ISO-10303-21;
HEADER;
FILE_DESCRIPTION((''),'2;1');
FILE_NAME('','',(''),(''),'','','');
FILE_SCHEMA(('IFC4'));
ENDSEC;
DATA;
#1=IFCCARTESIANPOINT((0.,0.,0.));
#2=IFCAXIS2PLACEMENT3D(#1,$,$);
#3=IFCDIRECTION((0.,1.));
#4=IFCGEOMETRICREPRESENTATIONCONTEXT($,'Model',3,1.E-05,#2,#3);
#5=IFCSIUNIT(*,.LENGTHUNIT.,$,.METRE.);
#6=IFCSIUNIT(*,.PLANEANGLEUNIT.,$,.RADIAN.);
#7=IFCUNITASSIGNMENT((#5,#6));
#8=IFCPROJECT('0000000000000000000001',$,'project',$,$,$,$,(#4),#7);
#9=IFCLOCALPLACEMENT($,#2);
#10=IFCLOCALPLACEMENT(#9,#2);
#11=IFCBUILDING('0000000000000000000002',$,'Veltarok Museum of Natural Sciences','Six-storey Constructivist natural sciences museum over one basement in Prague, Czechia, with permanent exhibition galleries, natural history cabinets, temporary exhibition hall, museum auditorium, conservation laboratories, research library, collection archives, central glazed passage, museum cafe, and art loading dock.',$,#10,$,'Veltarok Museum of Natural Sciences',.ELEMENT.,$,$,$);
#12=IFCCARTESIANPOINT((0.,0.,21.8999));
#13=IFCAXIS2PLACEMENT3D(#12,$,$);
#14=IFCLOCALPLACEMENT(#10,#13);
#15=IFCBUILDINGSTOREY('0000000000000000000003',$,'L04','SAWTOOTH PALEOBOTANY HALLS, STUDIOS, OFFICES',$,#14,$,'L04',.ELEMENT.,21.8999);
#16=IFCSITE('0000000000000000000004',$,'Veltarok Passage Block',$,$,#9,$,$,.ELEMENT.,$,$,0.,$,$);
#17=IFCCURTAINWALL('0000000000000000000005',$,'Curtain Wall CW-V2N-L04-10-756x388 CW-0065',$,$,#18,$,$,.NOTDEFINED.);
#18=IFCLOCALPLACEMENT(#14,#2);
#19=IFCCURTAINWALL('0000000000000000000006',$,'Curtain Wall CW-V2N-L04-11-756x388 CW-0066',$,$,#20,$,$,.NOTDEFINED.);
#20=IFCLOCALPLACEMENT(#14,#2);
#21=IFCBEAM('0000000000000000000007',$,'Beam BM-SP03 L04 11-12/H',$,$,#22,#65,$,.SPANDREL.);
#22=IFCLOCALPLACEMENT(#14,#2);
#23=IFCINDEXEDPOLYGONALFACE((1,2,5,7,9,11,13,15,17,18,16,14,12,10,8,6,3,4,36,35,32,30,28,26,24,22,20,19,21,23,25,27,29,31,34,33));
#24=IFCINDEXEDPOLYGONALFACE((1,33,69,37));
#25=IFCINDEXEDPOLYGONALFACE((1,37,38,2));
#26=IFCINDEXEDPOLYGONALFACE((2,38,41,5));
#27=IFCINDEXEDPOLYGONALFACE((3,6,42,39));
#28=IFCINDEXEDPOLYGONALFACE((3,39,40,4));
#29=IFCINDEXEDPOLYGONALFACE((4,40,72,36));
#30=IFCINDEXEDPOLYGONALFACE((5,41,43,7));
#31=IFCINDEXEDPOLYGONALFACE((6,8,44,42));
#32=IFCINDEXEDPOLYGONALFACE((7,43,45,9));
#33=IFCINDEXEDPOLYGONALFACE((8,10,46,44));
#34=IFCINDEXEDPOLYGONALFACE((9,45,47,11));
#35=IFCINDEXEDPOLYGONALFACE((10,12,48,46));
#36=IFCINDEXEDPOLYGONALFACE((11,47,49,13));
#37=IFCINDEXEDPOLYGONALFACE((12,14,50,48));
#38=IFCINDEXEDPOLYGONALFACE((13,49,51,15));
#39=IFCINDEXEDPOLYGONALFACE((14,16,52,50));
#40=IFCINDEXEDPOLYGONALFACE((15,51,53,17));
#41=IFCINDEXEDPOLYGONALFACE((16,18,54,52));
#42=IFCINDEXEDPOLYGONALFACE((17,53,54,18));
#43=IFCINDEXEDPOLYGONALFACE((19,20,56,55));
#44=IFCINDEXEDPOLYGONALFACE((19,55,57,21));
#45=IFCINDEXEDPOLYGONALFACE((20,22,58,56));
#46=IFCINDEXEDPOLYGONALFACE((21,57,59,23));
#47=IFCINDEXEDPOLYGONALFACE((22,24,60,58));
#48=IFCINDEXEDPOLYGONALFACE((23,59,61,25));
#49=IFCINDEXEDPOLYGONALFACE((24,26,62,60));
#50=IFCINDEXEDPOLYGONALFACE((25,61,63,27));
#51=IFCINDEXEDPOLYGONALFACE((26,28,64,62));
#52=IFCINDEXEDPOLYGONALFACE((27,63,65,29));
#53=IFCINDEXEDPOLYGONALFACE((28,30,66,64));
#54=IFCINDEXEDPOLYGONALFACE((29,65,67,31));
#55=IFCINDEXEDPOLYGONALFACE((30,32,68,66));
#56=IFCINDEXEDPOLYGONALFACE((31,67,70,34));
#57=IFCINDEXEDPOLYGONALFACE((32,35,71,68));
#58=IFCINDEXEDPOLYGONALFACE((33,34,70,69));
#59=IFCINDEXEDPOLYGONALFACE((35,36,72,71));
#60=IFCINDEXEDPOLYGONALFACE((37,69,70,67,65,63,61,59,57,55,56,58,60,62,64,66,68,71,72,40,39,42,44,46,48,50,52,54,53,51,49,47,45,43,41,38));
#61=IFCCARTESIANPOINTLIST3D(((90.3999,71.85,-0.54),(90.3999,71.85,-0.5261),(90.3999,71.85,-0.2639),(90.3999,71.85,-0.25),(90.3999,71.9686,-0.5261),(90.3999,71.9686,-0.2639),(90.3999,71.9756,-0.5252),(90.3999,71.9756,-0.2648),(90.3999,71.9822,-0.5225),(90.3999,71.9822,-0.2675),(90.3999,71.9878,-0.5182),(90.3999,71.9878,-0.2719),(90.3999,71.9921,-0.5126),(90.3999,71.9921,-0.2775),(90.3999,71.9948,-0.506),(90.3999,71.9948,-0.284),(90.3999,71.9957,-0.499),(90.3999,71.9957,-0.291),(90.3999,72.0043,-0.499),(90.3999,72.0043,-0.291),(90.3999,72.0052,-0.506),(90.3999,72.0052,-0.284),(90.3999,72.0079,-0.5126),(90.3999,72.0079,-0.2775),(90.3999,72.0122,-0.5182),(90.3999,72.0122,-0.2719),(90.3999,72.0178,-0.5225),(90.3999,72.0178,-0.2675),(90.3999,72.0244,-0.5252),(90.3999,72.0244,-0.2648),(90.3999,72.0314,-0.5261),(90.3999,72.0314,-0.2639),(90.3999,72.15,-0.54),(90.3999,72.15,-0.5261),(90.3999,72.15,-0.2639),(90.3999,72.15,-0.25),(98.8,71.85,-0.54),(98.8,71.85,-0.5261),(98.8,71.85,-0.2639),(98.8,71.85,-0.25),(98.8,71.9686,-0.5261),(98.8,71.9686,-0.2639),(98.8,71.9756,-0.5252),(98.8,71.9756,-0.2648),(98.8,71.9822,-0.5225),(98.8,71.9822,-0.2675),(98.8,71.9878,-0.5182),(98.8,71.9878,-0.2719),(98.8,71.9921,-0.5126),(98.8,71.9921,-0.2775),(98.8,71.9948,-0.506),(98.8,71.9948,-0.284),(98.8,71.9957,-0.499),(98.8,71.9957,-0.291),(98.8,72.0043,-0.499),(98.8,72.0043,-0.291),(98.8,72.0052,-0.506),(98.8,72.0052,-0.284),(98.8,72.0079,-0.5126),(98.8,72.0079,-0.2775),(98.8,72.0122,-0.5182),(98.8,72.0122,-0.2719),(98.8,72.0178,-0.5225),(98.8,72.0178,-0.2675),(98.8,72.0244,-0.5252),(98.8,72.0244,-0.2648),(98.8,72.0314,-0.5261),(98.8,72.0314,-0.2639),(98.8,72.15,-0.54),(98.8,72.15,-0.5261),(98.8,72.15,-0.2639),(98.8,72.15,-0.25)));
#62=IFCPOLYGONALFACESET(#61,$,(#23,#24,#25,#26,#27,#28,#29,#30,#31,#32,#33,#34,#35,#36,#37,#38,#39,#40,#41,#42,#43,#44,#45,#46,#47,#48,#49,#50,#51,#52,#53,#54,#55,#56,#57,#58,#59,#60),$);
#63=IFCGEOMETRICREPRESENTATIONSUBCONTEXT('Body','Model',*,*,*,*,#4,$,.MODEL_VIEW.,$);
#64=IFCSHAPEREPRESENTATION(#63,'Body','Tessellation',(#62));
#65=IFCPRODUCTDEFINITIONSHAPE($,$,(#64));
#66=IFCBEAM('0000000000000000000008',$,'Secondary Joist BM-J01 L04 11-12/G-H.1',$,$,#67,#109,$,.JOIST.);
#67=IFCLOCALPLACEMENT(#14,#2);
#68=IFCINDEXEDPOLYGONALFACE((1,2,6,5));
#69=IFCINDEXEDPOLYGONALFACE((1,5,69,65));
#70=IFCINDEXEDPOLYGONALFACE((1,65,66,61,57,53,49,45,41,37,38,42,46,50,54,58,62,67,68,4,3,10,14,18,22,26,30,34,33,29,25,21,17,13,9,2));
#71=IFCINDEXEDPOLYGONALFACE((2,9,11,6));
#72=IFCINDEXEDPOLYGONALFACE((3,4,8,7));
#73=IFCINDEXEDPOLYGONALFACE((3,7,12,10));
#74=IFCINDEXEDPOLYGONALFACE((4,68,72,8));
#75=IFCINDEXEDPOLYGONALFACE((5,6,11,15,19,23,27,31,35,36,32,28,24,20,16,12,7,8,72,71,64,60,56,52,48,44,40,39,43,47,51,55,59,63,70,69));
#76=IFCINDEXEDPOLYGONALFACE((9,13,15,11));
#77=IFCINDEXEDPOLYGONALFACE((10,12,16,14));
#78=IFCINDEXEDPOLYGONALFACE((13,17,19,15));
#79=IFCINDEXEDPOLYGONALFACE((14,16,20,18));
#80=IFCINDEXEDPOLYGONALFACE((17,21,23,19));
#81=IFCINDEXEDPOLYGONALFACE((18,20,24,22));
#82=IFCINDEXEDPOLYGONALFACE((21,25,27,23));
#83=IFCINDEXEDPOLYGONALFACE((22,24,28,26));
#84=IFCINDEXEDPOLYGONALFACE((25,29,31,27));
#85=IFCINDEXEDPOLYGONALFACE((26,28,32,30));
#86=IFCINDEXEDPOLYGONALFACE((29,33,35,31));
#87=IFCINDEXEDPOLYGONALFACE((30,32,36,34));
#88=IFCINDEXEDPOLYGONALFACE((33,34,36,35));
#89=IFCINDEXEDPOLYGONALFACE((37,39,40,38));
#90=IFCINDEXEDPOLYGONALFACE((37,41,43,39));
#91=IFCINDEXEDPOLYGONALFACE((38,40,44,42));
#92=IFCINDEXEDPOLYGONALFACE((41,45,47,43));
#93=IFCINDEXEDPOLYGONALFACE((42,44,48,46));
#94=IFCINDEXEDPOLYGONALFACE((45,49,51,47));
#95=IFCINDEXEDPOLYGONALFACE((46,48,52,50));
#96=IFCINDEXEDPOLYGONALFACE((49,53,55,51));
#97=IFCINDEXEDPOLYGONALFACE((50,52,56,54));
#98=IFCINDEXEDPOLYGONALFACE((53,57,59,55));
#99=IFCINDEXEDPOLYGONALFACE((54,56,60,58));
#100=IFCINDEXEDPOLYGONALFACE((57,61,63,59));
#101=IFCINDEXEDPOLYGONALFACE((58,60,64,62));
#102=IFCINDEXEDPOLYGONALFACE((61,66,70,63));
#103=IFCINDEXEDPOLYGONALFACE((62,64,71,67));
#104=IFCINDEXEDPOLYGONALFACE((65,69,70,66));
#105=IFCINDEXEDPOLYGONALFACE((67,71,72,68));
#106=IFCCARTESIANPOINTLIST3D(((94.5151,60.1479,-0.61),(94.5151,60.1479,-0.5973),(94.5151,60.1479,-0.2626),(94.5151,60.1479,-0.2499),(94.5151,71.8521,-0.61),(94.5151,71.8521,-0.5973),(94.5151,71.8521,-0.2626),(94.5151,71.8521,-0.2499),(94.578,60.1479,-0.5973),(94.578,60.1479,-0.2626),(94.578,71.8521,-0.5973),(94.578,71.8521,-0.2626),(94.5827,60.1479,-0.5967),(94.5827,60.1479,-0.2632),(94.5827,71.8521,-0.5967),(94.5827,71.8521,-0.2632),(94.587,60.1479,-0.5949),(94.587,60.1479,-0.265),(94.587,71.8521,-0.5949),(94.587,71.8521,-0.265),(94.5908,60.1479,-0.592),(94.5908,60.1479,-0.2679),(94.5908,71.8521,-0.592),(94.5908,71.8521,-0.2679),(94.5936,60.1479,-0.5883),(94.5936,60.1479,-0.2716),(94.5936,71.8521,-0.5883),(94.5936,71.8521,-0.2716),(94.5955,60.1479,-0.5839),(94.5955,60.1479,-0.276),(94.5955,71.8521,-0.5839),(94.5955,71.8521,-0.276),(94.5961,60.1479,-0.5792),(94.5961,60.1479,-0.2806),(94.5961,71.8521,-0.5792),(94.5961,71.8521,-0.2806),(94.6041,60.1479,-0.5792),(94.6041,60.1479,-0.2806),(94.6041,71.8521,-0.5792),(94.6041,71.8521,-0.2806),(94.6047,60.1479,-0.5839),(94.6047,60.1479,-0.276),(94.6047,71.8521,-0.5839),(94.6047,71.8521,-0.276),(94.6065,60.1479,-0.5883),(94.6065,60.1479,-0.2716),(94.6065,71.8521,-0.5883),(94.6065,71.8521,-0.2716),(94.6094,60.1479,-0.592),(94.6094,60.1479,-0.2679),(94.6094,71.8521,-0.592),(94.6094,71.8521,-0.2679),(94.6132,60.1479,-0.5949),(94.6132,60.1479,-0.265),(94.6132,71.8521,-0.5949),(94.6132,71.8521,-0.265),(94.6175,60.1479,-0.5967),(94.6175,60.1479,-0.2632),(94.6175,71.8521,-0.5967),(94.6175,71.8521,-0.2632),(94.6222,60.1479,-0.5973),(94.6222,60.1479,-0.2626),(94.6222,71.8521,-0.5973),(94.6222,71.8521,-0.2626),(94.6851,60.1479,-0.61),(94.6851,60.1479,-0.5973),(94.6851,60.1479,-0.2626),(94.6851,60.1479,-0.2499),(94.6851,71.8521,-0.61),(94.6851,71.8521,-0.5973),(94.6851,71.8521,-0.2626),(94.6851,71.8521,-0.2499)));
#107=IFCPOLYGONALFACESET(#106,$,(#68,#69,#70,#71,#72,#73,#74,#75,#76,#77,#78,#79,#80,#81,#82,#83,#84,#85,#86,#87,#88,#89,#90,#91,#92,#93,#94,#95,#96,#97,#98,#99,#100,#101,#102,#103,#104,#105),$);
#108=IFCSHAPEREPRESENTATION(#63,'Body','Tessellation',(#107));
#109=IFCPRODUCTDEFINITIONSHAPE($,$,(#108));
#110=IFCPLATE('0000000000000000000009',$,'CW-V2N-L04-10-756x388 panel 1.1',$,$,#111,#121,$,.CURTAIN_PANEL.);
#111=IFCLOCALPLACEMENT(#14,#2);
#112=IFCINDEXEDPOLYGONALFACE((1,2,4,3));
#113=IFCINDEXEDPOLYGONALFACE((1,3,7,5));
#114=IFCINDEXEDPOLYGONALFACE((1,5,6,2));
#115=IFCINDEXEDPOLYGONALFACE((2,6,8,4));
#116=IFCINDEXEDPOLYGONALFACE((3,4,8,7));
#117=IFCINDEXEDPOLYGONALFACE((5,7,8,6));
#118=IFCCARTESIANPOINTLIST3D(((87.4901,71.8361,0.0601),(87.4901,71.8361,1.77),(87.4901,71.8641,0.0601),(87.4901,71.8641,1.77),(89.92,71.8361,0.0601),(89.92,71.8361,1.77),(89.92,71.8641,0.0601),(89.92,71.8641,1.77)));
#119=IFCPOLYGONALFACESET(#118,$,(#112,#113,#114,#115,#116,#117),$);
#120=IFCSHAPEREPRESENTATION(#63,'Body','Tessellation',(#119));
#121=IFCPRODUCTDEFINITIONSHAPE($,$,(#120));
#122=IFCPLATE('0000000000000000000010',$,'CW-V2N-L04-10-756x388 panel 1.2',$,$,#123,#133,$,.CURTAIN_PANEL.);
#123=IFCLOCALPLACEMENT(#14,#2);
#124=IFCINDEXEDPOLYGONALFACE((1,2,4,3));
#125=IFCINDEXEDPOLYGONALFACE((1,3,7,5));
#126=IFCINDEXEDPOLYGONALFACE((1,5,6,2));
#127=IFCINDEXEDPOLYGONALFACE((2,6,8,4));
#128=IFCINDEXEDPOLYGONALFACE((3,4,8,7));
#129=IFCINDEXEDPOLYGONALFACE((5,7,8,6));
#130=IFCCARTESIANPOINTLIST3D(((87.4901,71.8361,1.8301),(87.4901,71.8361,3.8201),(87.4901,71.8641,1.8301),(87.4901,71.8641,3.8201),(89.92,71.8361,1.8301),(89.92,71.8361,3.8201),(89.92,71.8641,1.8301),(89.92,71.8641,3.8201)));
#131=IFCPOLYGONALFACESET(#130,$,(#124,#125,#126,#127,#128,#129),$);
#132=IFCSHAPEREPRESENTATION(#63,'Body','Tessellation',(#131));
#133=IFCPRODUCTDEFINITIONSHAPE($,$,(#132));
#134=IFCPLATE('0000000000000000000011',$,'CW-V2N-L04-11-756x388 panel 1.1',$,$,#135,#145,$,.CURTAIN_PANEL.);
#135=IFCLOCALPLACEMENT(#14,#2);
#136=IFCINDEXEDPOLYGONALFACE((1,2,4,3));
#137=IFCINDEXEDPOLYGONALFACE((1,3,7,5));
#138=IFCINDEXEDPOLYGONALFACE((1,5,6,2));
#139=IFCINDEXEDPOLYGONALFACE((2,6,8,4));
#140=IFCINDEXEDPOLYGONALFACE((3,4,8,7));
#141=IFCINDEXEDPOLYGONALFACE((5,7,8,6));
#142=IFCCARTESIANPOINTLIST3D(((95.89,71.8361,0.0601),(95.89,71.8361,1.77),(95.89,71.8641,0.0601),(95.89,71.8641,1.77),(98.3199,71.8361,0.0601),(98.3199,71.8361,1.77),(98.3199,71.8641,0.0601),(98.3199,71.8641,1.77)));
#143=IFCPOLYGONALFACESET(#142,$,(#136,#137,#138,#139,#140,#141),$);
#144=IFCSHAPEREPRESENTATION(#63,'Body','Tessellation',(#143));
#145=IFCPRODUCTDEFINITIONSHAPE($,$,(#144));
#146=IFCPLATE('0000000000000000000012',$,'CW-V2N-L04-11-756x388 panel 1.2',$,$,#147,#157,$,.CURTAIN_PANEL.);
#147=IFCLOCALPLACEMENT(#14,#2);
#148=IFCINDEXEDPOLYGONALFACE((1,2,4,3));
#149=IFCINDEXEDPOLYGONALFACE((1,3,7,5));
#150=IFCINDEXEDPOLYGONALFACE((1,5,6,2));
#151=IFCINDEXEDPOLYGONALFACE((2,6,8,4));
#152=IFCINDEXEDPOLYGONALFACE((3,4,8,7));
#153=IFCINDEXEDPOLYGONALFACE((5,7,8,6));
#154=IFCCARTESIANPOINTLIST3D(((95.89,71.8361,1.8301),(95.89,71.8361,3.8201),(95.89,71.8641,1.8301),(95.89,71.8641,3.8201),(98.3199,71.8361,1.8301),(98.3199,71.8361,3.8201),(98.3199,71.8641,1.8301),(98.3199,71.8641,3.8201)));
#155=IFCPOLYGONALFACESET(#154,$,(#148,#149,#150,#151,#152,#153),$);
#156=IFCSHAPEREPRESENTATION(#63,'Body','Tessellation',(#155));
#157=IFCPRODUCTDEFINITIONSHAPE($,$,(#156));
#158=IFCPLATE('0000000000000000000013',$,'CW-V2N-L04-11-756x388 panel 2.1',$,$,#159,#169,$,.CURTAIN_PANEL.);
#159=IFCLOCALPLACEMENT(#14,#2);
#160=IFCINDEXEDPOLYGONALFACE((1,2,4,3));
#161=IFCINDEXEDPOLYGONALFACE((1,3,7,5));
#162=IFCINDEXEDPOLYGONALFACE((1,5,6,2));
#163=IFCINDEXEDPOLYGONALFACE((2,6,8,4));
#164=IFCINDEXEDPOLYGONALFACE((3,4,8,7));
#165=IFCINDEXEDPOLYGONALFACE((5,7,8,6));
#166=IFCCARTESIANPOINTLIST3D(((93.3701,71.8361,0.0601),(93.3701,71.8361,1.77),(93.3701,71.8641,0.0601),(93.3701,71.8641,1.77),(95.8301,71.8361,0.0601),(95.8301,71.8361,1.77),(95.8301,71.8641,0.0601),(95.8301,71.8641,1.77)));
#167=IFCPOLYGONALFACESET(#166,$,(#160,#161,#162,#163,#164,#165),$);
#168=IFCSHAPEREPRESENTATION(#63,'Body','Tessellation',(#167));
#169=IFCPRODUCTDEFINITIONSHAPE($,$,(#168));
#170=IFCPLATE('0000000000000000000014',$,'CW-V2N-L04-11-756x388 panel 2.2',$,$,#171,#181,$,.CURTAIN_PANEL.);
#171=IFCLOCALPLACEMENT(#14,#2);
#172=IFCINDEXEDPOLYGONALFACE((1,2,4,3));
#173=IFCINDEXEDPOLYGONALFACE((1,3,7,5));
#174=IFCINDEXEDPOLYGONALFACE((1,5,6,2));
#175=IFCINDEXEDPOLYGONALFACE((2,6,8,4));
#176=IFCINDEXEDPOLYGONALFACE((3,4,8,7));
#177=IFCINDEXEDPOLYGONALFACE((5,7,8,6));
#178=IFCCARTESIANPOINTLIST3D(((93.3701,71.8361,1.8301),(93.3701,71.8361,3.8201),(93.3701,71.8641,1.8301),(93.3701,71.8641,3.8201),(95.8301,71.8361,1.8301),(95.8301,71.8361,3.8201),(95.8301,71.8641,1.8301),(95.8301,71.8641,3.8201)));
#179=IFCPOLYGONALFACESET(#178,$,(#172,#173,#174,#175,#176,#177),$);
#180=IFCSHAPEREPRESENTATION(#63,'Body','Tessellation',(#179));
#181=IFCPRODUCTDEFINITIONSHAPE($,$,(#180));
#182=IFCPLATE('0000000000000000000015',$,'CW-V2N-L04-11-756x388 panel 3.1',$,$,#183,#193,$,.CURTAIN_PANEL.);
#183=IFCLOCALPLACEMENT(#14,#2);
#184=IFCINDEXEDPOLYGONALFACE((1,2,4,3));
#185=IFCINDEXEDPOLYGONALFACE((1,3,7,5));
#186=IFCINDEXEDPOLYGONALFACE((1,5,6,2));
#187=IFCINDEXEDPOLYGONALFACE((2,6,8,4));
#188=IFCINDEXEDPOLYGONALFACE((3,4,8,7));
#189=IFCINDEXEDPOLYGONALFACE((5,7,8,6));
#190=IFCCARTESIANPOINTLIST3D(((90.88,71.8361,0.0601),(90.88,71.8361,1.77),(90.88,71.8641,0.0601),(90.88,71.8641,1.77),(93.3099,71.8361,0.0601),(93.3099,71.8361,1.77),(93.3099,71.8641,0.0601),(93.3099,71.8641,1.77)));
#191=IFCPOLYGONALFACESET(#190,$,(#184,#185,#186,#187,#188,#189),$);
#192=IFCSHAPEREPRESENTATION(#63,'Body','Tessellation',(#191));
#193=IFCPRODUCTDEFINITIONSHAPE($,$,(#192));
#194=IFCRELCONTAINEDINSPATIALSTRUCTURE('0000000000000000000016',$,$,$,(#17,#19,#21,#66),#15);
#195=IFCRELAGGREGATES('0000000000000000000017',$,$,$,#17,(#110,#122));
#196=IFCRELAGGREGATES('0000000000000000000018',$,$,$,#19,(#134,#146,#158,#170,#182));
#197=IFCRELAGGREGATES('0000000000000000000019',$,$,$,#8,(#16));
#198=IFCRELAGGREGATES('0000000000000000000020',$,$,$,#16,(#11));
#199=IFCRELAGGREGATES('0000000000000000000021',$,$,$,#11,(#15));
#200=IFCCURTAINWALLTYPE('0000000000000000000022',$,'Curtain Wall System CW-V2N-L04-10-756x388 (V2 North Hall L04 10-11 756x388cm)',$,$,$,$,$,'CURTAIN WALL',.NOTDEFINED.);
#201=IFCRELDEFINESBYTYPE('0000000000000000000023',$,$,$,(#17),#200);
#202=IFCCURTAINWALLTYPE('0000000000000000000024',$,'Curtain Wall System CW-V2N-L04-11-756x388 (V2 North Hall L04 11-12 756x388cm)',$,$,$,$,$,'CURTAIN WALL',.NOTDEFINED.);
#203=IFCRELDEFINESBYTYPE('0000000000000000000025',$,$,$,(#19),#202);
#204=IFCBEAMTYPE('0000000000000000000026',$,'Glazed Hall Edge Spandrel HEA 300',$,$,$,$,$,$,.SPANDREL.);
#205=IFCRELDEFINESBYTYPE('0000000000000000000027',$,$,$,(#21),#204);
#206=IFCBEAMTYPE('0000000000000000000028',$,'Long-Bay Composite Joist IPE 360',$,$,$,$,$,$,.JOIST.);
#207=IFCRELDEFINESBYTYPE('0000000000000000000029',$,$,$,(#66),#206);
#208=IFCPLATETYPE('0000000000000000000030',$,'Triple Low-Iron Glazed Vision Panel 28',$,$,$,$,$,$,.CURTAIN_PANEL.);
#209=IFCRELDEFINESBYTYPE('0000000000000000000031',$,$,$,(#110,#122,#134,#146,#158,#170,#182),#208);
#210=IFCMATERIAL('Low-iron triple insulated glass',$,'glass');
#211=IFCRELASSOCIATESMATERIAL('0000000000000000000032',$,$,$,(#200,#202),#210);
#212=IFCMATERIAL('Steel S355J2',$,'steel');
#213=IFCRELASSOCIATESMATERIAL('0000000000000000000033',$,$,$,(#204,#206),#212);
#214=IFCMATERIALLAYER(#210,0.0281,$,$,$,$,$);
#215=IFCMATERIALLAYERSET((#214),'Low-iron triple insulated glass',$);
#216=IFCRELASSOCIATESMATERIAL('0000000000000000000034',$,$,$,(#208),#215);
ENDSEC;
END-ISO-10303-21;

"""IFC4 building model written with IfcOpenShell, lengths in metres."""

from ifc_helpers import new_model, si_unit, direction, frame, origin, origin_2d, place, context, subcontext, project, spatial, rectangle, i_section, extrude, material, layer, layer_set, material_profile, profile_set, type_object, element, aggregate, save


model = new_model("IFC4")

# Units and contexts
model_context = context("Model", 3, precision=1e-05, world=origin(), true_north=direction((0.0, 1.0)))
body_context = subcontext(model_context, "Body", "Model", "MODEL_VIEW")
ifc_project = project(units=[si_unit("LENGTHUNIT", "METRE"), si_unit("PLANEANGLEUNIT", "RADIAN")], contexts=[model_context])

# Site, building, storey
site_placement = place(None, origin())
site = spatial("IfcSite", under=ifc_project, at=site_placement, Name="Veltarok Passage Block", CompositionType="ELEMENT", RefElevation=0.0)
building_placement = place(site_placement, origin())
building = spatial("IfcBuilding", under=site, at=building_placement, Name="Veltarok Museum of Natural Sciences", Description="Six-storey Constructivist natural sciences museum over one basement in Prague, Czechia, with permanent exhibition galleries, natural history cabinets, temporary exhibition hall, museum auditorium, conservation laboratories, research library, collection archives, central glazed passage, museum cafe, and art loading dock.", LongName="Veltarok Museum of Natural Sciences", CompositionType="ELEMENT")
storey_placement = place(building_placement, frame((0.0, 0.0, 21.8999)))
storey = spatial("IfcBuildingStorey", under=building, at=storey_placement, Name="L04", Description="SAWTOOTH PALEOBOTANY HALLS, STUDIOS, OFFICES", LongName="L04", CompositionType="ELEMENT", Elevation=21.8999)

# Shared definitions
ifc_material_1 = material(Name="Steel S355J2", Category="steel")

# Curtain walls
ifc_material_2 = material(Name="Low-iron triple insulated glass", Category="glass")
curtain_wall_type_1 = type_object("IfcCurtainWallType", Name="Curtain Wall System CW-V2N-L04-10-756x388 (V2 North Hall L04 10-11 756x388cm)", ElementType="CURTAIN WALL", PredefinedType="NOTDEFINED", material=ifc_material_2)
curtain_wall_1_placement = place(storey_placement, origin())
curtain_wall_1 = element("IfcCurtainWall", 1, at=curtain_wall_1_placement, inside=storey, type_object=curtain_wall_type_1, Name="Curtain Wall CW-V2N-L04-10-756x388 CW-0065", PredefinedType="NOTDEFINED")
curtain_wall_type_2 = type_object("IfcCurtainWallType", Name="Curtain Wall System CW-V2N-L04-11-756x388 (V2 North Hall L04 11-12 756x388cm)", ElementType="CURTAIN WALL", PredefinedType="NOTDEFINED", material=ifc_material_2)
curtain_wall_2_placement = place(storey_placement, origin())
curtain_wall_2 = element("IfcCurtainWall", 2, at=curtain_wall_2_placement, inside=storey, type_object=curtain_wall_type_2, Name="Curtain Wall CW-V2N-L04-11-756x388 CW-0066", PredefinedType="NOTDEFINED")

# Beams
ifc_material_profile_1 = material_profile(ifc_material_1, i_section(OverallWidth=0.3, OverallDepth=0.29, WebThickness=0.0085, FlangeThickness=0.0139, FilletRadius=0.0271, at=origin_2d()), Name="HEA 300")
ifc_profile_set_1 = profile_set([ifc_material_profile_1], Name="Steel S355J2")
beam_type_1 = type_object("IfcBeamType", Name="Glazed Hall Edge Spandrel HEA 300", PredefinedType="SPANDREL", material=ifc_profile_set_1)
beam_1_placement = place(storey_placement, frame((90.3999, 72.0, -0.395), z_axis=(1.0, 0.0, 0.0), x_axis=(0.0, 1.0, 0.0)))
element("IfcBeam", 3, at=beam_1_placement, inside=storey, type_object=beam_type_1, Name="Beam BM-SP03 L04 11-12/H", PredefinedType="SPANDREL", context=body_context, shape_type="SweptSolid", body=[
    extrude(i_section(OverallWidth=0.3, OverallDepth=0.29, WebThickness=0.0085, FlangeThickness=0.0139, FilletRadius=0.0271, at=origin_2d()), origin(), (0.0, 0.0, 1.0), 8.4001),
])
ifc_material_profile_2 = material_profile(ifc_material_1, i_section(OverallWidth=0.1699, OverallDepth=0.3601, WebThickness=0.0081, FlangeThickness=0.0127, FilletRadius=0.0181, at=origin_2d()), Name="IPE 360")
ifc_profile_set_2 = profile_set([ifc_material_profile_2], Name="Steel S355J2")
beam_type_2 = type_object("IfcBeamType", Name="Long-Bay Composite Joist IPE 360", PredefinedType="JOIST", material=ifc_profile_set_2)
beam_2_placement = place(storey_placement, frame((94.6001, 60.1479, -0.4299), z_axis=(0.0, 1.0, 0.0), x_axis=(-1.0, 0.0, 0.0)))
element("IfcBeam", 4, at=beam_2_placement, inside=storey, type_object=beam_type_2, Name="Secondary Joist BM-J01 L04 11-12/G-H.1", PredefinedType="JOIST", context=body_context, shape_type="SweptSolid", body=[
    extrude(i_section(OverallWidth=0.1699, OverallDepth=0.3601, WebThickness=0.0081, FlangeThickness=0.0127, FilletRadius=0.0181, at=origin_2d()), origin(), (0.0, 0.0, 1.0), 11.7041),
])

# Plates
ifc_layer = layer(ifc_material_2, 0.0281)
ifc_layer_set = layer_set([ifc_layer], Name="Low-iron triple insulated glass")
plate_type = type_object("IfcPlateType", Name="Triple Low-Iron Glazed Vision Panel 28", PredefinedType="CURTAIN_PANEL", material=ifc_layer_set)
plate_1_placement = place(storey_placement, frame((88.7051, 71.8501, 0.0601), z_axis=(0.0, 0.0, 1.0), x_axis=(-1.0, 0.0, 0.0)))
plate_1 = element("IfcPlate", 5, at=plate_1_placement, type_object=plate_type, Name="CW-V2N-L04-10-756x388 panel 1.1", PredefinedType="CURTAIN_PANEL", context=body_context, shape_type="SweptSolid", body=[
    extrude(rectangle(XDim=2.4299, YDim=0.0281, at=origin_2d()), origin(), (0.0, 0.0, 1.0), 1.71),
])
plate_2_placement = place(storey_placement, frame((88.7051, 71.8501, 1.8301), z_axis=(0.0, 0.0, 1.0), x_axis=(-1.0, 0.0, 0.0)))
plate_2 = element("IfcPlate", 6, at=plate_2_placement, type_object=plate_type, Name="CW-V2N-L04-10-756x388 panel 1.2", PredefinedType="CURTAIN_PANEL", context=body_context, shape_type="SweptSolid", body=[
    extrude(rectangle(XDim=2.4299, YDim=0.0281, at=origin_2d()), origin(), (0.0, 0.0, 1.0), 1.99),
])
aggregate(curtain_wall_1, [plate_1, plate_2])
plate_3_placement = place(storey_placement, frame((97.105, 71.8501, 0.0601), z_axis=(0.0, 0.0, 1.0), x_axis=(-1.0, 0.0, 0.0)))
plate_3 = element("IfcPlate", 7, at=plate_3_placement, type_object=plate_type, Name="CW-V2N-L04-11-756x388 panel 1.1", PredefinedType="CURTAIN_PANEL", context=body_context, shape_type="SweptSolid", body=[
    extrude(rectangle(XDim=2.4299, YDim=0.0281, at=origin_2d()), origin(), (0.0, 0.0, 1.0), 1.71),
])
plate_4_placement = place(storey_placement, frame((97.105, 71.8501, 1.8301), z_axis=(0.0, 0.0, 1.0), x_axis=(-1.0, 0.0, 0.0)))
plate_4 = element("IfcPlate", 8, at=plate_4_placement, type_object=plate_type, Name="CW-V2N-L04-11-756x388 panel 1.2", PredefinedType="CURTAIN_PANEL", context=body_context, shape_type="SweptSolid", body=[
    extrude(rectangle(XDim=2.4299, YDim=0.0281, at=origin_2d()), origin(), (0.0, 0.0, 1.0), 1.99),
])
plate_5_placement = place(storey_placement, frame((94.6001, 71.8501, 0.0601), z_axis=(0.0, 0.0, 1.0), x_axis=(-1.0, 0.0, 0.0)))
plate_5 = element("IfcPlate", 9, at=plate_5_placement, type_object=plate_type, Name="CW-V2N-L04-11-756x388 panel 2.1", PredefinedType="CURTAIN_PANEL", context=body_context, shape_type="SweptSolid", body=[
    extrude(rectangle(XDim=2.46, YDim=0.0281, at=origin_2d()), origin(), (0.0, 0.0, 1.0), 1.71),
])
plate_6_placement = place(storey_placement, frame((94.6001, 71.8501, 1.8301), z_axis=(0.0, 0.0, 1.0), x_axis=(-1.0, 0.0, 0.0)))
plate_6 = element("IfcPlate", 10, at=plate_6_placement, type_object=plate_type, Name="CW-V2N-L04-11-756x388 panel 2.2", PredefinedType="CURTAIN_PANEL", context=body_context, shape_type="SweptSolid", body=[
    extrude(rectangle(XDim=2.46, YDim=0.0281, at=origin_2d()), origin(), (0.0, 0.0, 1.0), 1.99),
])
plate_7_placement = place(storey_placement, frame((92.095, 71.8501, 0.0601), z_axis=(0.0, 0.0, 1.0), x_axis=(-1.0, 0.0, 0.0)))
plate_7 = element("IfcPlate", 11, at=plate_7_placement, type_object=plate_type, Name="CW-V2N-L04-11-756x388 panel 3.1", PredefinedType="CURTAIN_PANEL", context=body_context, shape_type="SweptSolid", body=[
    extrude(rectangle(XDim=2.4299, YDim=0.0281, at=origin_2d()), origin(), (0.0, 0.0, 1.0), 1.71),
])
aggregate(curtain_wall_2, [plate_3, plate_4, plate_5, plate_6, plate_7])

save(model, "model.ifc")
